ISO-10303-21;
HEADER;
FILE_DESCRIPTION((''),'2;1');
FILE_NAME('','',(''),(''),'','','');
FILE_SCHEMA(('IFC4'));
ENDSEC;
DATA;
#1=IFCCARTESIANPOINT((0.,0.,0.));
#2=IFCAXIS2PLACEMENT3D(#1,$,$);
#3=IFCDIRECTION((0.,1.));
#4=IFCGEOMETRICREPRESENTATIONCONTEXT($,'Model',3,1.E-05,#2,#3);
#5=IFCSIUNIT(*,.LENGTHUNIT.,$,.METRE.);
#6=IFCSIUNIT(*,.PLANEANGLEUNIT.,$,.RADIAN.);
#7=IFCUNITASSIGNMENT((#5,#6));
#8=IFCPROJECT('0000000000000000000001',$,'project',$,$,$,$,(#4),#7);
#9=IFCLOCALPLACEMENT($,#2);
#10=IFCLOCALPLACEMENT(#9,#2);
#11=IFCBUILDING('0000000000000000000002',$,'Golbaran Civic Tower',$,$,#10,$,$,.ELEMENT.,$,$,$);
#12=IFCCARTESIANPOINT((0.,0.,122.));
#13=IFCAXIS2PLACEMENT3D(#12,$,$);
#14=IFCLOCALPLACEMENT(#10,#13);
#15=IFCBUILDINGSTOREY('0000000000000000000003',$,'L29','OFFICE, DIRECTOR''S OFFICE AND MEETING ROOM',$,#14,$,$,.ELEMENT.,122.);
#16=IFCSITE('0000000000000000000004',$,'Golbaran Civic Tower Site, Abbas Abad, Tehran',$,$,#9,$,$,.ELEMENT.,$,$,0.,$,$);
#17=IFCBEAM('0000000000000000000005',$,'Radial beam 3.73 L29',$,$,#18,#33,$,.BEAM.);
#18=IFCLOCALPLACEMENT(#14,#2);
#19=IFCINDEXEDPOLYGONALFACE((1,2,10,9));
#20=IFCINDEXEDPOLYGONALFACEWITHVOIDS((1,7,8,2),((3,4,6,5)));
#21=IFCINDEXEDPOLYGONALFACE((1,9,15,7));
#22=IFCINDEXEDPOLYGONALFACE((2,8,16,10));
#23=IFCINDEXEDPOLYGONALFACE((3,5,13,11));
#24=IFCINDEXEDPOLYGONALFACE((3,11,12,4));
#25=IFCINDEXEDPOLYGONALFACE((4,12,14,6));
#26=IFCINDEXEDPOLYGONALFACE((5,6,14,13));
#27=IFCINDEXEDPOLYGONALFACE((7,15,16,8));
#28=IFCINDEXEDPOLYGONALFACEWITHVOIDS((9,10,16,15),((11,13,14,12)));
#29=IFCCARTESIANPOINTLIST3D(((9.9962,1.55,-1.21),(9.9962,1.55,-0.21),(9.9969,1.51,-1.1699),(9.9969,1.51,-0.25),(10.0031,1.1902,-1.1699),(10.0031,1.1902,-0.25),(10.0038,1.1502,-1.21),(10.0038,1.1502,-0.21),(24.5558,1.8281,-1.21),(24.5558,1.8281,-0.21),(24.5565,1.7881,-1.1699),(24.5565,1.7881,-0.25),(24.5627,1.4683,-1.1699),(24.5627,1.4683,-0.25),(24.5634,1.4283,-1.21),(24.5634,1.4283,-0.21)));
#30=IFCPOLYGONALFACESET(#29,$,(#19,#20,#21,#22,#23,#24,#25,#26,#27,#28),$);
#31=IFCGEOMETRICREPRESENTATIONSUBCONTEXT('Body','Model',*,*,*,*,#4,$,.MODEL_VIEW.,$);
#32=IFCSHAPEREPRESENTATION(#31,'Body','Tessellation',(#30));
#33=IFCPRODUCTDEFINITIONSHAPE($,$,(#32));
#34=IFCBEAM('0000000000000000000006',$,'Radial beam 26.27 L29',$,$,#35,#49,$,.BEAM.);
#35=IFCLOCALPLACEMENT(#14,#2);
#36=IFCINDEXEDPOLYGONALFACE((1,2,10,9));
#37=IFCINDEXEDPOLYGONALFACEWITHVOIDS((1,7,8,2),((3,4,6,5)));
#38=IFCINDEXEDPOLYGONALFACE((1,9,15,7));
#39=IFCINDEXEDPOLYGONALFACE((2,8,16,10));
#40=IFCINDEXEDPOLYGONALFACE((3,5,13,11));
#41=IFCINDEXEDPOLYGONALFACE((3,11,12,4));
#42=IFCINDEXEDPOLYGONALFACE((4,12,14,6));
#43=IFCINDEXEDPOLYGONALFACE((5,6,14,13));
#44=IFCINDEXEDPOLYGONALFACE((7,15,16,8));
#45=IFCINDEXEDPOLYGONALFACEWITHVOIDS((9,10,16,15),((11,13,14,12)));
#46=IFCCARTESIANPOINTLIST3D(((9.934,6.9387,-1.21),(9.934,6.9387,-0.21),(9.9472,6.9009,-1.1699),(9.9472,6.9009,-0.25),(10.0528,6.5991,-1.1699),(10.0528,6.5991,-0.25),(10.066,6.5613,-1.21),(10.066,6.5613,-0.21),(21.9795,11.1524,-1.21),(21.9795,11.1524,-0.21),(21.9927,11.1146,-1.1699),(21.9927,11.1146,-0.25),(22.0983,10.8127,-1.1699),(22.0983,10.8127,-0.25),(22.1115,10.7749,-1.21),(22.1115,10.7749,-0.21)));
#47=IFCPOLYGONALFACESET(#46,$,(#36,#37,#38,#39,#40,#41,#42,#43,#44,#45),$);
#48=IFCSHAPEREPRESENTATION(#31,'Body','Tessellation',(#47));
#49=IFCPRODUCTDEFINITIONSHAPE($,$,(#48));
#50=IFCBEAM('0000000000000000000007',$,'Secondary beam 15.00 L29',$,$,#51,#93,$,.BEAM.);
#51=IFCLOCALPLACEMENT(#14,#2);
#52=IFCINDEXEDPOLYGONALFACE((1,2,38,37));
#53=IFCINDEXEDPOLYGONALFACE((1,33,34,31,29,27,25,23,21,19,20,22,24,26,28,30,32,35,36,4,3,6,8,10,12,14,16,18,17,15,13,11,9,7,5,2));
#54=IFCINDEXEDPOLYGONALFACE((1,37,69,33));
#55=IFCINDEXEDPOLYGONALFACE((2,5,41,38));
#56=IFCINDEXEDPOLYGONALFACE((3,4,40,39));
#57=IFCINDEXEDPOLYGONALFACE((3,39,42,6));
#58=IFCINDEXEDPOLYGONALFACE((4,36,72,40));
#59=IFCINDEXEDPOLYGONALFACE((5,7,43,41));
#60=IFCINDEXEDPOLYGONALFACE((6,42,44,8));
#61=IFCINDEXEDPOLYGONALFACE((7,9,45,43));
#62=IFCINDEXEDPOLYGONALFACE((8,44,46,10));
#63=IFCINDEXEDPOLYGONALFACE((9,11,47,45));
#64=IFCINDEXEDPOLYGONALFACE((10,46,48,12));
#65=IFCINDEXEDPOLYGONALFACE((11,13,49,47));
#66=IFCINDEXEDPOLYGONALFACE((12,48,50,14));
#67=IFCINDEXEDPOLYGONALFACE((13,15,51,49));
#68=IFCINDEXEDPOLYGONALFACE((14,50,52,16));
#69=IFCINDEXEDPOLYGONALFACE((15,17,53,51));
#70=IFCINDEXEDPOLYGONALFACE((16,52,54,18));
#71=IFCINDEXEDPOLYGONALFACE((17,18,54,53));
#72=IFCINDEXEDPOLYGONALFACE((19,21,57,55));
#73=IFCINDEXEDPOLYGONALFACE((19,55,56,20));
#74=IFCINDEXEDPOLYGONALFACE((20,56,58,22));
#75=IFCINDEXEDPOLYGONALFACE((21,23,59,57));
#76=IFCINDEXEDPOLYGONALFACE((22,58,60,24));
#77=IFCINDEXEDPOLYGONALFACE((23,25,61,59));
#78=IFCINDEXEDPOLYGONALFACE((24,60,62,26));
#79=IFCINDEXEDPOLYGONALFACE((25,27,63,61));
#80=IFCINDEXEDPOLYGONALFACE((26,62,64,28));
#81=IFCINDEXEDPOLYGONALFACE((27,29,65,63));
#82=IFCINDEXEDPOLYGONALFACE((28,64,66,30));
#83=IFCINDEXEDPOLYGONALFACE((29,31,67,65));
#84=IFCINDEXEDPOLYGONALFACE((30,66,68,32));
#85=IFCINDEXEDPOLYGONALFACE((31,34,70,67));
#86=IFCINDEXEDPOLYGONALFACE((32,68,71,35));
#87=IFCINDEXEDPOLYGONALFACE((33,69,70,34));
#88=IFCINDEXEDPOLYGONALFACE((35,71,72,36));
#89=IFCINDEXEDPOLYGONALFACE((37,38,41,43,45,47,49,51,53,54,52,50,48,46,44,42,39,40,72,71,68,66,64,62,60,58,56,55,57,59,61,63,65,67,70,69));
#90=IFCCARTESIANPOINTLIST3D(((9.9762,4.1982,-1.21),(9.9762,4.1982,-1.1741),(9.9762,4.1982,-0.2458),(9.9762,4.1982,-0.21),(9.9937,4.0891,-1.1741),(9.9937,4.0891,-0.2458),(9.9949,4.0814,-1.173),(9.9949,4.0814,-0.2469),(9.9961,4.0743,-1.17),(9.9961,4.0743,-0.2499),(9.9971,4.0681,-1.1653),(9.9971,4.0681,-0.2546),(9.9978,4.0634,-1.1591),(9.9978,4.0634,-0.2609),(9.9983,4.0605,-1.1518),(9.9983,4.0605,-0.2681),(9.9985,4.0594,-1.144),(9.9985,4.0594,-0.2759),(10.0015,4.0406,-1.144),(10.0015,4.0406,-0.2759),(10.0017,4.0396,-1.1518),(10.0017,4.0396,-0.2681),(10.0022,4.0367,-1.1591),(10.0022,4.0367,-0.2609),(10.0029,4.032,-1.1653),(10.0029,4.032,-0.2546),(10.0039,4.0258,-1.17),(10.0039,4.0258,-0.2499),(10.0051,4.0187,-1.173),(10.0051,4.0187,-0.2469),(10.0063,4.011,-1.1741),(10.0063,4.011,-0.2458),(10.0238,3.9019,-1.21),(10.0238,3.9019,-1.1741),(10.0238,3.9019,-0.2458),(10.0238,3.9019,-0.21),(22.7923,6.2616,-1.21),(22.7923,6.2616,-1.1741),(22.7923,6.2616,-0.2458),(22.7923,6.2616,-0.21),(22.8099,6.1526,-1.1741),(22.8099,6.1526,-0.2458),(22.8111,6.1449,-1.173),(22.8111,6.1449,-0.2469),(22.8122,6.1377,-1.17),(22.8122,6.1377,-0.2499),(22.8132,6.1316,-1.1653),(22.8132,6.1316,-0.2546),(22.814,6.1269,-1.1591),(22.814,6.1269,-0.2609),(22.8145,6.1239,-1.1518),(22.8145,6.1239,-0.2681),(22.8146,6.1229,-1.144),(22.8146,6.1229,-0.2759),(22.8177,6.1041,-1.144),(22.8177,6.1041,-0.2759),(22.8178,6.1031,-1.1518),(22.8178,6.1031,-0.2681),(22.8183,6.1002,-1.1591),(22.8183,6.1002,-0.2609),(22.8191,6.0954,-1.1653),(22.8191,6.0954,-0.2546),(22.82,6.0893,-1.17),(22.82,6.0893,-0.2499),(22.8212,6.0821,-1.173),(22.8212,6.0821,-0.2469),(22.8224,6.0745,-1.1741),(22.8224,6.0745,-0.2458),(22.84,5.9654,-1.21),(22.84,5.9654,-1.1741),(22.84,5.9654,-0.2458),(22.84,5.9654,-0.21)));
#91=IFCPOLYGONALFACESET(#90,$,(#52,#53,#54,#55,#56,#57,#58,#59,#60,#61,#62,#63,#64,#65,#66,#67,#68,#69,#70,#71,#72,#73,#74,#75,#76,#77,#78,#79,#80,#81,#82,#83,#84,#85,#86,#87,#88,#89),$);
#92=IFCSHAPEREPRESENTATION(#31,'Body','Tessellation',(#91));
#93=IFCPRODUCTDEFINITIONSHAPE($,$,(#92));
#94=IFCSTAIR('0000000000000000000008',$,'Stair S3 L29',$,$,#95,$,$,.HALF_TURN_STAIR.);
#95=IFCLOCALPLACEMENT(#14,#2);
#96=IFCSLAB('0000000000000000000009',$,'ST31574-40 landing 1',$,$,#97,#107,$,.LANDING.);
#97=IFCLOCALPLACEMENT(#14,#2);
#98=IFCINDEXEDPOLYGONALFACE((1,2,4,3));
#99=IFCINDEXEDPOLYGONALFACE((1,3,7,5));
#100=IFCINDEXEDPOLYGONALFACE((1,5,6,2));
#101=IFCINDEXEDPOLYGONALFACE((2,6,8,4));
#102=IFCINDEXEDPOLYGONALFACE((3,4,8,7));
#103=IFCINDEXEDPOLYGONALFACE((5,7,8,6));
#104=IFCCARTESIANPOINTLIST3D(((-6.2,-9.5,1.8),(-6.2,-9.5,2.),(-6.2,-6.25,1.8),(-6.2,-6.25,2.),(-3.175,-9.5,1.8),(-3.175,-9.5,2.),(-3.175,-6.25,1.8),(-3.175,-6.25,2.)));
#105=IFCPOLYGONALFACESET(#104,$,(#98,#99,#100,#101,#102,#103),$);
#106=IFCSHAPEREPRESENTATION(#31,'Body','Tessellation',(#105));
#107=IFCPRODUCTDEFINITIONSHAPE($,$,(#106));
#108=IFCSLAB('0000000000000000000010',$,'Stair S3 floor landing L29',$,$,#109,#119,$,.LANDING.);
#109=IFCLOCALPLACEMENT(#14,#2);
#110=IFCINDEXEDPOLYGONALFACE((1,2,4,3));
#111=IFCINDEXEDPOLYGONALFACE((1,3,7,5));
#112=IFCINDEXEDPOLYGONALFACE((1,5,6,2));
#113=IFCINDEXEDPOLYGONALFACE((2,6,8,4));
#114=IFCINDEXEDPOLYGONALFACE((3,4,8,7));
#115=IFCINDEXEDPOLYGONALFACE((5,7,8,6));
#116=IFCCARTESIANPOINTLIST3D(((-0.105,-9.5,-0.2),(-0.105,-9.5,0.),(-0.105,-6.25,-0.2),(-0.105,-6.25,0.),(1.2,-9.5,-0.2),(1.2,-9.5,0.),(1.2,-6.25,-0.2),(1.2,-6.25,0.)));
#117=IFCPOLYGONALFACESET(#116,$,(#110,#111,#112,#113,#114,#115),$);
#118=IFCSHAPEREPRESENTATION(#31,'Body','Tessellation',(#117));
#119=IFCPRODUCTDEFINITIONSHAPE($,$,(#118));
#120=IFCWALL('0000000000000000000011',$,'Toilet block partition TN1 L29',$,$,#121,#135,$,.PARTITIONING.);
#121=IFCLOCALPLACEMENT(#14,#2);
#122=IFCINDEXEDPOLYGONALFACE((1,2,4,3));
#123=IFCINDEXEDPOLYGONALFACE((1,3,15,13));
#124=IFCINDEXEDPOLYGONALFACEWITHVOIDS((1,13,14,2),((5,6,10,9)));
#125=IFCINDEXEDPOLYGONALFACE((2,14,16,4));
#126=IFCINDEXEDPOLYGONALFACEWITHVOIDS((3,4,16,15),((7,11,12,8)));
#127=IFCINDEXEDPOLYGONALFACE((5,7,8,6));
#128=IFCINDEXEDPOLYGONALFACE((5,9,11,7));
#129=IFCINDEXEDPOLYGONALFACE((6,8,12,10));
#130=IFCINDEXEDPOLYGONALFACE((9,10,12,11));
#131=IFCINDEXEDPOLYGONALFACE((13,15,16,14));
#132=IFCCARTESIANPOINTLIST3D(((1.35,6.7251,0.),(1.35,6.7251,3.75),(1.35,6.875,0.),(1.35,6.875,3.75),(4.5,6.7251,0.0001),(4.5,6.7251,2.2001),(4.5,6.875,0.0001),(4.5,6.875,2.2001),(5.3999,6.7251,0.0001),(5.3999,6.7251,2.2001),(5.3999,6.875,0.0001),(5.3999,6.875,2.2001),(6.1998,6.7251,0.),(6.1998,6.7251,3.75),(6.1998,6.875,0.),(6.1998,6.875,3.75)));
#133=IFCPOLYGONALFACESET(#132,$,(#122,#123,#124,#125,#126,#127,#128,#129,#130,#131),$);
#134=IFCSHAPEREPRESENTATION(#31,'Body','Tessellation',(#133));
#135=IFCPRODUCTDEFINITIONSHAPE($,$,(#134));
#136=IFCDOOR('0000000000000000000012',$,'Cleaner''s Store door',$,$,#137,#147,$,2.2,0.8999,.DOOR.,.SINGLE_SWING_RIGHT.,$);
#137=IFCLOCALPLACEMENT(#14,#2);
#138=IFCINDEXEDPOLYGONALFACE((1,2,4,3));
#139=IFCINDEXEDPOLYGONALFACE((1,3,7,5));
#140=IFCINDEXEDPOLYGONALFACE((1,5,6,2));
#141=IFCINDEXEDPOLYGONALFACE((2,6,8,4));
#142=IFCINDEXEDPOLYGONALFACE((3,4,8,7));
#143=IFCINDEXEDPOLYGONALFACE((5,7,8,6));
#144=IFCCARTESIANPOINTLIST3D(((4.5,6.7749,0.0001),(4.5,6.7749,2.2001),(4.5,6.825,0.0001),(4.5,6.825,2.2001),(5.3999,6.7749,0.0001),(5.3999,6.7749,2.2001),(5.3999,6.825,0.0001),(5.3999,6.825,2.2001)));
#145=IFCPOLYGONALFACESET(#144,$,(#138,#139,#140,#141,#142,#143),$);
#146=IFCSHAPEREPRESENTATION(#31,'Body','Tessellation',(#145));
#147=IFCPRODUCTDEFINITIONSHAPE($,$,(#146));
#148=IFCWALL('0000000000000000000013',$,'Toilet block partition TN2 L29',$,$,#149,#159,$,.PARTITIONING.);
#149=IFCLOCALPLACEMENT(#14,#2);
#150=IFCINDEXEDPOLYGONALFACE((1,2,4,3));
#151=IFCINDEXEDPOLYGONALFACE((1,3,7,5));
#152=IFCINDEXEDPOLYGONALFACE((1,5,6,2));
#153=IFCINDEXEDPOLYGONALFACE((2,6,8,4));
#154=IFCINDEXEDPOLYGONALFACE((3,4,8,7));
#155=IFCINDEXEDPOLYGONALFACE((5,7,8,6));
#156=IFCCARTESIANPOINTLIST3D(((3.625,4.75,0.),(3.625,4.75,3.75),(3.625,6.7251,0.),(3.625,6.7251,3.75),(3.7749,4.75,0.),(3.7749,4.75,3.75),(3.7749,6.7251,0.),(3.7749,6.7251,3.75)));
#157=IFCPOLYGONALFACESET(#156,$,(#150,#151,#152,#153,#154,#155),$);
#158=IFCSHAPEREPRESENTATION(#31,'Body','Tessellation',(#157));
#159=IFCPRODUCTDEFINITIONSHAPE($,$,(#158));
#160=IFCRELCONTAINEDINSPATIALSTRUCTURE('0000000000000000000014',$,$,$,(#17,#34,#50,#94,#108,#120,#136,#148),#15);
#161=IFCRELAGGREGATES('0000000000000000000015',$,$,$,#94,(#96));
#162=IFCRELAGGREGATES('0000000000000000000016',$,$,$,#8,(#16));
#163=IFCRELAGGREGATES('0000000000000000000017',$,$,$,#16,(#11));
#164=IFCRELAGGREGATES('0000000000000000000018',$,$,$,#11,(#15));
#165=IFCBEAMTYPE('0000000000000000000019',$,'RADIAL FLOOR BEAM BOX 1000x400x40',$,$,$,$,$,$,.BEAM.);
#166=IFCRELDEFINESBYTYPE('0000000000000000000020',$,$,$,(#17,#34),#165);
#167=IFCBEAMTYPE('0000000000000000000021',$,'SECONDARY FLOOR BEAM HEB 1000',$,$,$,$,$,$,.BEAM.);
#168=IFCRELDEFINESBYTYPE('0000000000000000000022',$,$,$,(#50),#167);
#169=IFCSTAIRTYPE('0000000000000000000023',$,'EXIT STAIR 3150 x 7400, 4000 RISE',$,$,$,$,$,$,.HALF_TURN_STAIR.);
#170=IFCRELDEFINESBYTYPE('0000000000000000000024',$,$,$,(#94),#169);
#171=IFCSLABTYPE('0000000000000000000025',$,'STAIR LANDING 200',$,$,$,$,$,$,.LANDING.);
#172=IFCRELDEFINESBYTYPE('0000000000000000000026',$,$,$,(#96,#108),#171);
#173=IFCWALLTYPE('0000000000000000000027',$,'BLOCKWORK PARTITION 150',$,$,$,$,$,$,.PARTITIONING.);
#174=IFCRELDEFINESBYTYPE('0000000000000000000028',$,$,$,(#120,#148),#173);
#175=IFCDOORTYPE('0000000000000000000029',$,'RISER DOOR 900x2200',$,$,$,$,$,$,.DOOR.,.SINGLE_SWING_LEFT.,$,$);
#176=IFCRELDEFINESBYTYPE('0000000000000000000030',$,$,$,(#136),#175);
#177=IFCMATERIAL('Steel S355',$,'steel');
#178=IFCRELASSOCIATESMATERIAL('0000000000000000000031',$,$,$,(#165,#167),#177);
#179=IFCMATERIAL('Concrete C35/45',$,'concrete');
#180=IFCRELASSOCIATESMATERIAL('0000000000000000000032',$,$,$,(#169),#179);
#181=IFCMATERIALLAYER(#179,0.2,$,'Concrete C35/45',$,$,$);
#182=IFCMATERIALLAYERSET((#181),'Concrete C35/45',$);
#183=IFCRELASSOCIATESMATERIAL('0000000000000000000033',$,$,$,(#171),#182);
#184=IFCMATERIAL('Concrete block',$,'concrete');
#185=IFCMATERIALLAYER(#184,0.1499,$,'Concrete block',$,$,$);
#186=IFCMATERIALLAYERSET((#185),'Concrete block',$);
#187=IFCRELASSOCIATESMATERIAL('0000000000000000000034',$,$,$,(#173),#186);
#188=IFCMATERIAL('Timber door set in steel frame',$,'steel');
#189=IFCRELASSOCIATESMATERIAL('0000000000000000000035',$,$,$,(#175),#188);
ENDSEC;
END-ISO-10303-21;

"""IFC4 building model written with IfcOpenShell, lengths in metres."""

from ifc_helpers import new_model, si_unit, direction, frame, frame_2d, origin, origin_2d, place, context, subcontext, project, spatial, polyline, rectangle, hollow_rectangle, i_section, outline, extrude, material, layer, layer_set, material_profile, profile_set, type_object, element, fill, aggregate, save


model = new_model("IFC4")

# Units and contexts
model_context = context("Model", 3, precision=1e-05, world=origin(), true_north=direction((0.0, 1.0)))
body_context = subcontext(model_context, "Body", "Model", "MODEL_VIEW")
ifc_project = project(units=[si_unit("LENGTHUNIT", "METRE"), si_unit("PLANEANGLEUNIT", "RADIAN")], contexts=[model_context])

# Site, building, storey
site_placement = place(None, origin())
site = spatial("IfcSite", under=ifc_project, at=site_placement, Name="Golbaran Civic Tower Site, Abbas Abad, Tehran", CompositionType="ELEMENT", RefElevation=0.0)
building_placement = place(site_placement, origin())
building = spatial("IfcBuilding", under=site, at=building_placement, Name="Golbaran Civic Tower", CompositionType="ELEMENT")
storey_placement = place(building_placement, frame((0.0, 0.0, 122.0)))
storey = spatial("IfcBuildingStorey", under=building, at=storey_placement, Name="L29", Description="OFFICE, DIRECTOR'S OFFICE AND MEETING ROOM", CompositionType="ELEMENT", Elevation=122.0)

# Beams
ifc_material_1 = material(Name="Steel S355", Category="steel")
ifc_material_profile_1 = material_profile(ifc_material_1, hollow_rectangle(XDim=0.3999, YDim=1.0, WallThickness=0.04, at=origin_2d()), Name="BOX 1000x400x40")
ifc_profile_set_1 = profile_set([ifc_material_profile_1], Name="Steel S355")
beam_type_1 = type_object("IfcBeamType", Name="RADIAL FLOOR BEAM BOX 1000x400x40", PredefinedType="BEAM", material=ifc_profile_set_1)
beam_1_placement = place(storey_placement, frame((10.0, 1.3501, -0.71), z_axis=(0.999818, 0.019096, 0.0), x_axis=(-0.019096, 0.999818, 0.0)))
element("IfcBeam", 1, at=beam_1_placement, inside=storey, type_object=beam_type_1, Name="Radial beam 3.73 L29", PredefinedType="BEAM", context=body_context, shape_type="SweptSolid", body=[
    extrude(hollow_rectangle(XDim=0.3999, YDim=1.0, WallThickness=0.04, at=origin_2d()), origin(), (0.0, 0.0, 1.0), 14.5623),
])
beam_2_placement = place(storey_placement, frame((10.0, 6.75, -0.71), z_axis=(0.943914, 0.330192, 0.0), x_axis=(-0.330192, 0.943914, 0.0)))
element("IfcBeam", 2, at=beam_2_placement, inside=storey, type_object=beam_type_1, Name="Radial beam 26.27 L29", PredefinedType="BEAM", context=body_context, shape_type="SweptSolid", body=[
    extrude(hollow_rectangle(XDim=0.3999, YDim=1.0, WallThickness=0.04, at=origin_2d()), origin(), (0.0, 0.0, 1.0), 12.7612),
])
ifc_material_profile_2 = material_profile(ifc_material_1, i_section(OverallWidth=0.3, OverallDepth=1.0, WebThickness=0.019, FlangeThickness=0.0359, FilletRadius=0.03, at=origin_2d()), Name="HEB 1000")
ifc_profile_set_2 = profile_set([ifc_material_profile_2], Name="Steel S355")
beam_type_2 = type_object("IfcBeamType", Name="SECONDARY FLOOR BEAM HEB 1000", PredefinedType="BEAM", material=ifc_profile_set_2)
beam_3_placement = place(storey_placement, frame((10.0, 4.05, -0.71), z_axis=(0.987285, 0.158959, 0.0), x_axis=(-0.158959, 0.987285, 0.0)))
element("IfcBeam", 3, at=beam_3_placement, inside=storey, type_object=beam_type_2, Name="Secondary beam 15.00 L29", PredefinedType="BEAM", context=body_context, shape_type="SweptSolid", body=[
    extrude(i_section(OverallWidth=0.3, OverallDepth=1.0, WebThickness=0.019, FlangeThickness=0.0359, FilletRadius=0.03, at=origin_2d()), origin(), (0.0, 0.0, 1.0), 12.9812),
])

# Stair, slab
ifc_material_2 = material(Name="Concrete C35/45", Category="concrete")
stair_type = type_object("IfcStairType", Name="EXIT STAIR 3150 x 7400, 4000 RISE", PredefinedType="HALF_TURN_STAIR", material=ifc_material_2)
stair_placement = place(storey_placement, origin())
stair = element("IfcStair", 4, at=stair_placement, inside=storey, type_object=stair_type, Name="Stair S3 L29", PredefinedType="HALF_TURN_STAIR")
ifc_layer_1 = layer(ifc_material_2, 0.2, Name="Concrete C35/45")
ifc_layer_set_1 = layer_set([ifc_layer_1], Name="Concrete C35/45")
slab_type = type_object("IfcSlabType", Name="STAIR LANDING 200", PredefinedType="LANDING", material=ifc_layer_set_1)
slab_1_placement = place(storey_placement, frame((0.0, 0.0, 1.8)))
slab_1 = element("IfcSlab", 5, at=slab_1_placement, type_object=slab_type, Name="ST31574-40 landing 1", PredefinedType="LANDING", context=body_context, shape_type="SweptSolid", body=[
    extrude(outline(polyline([(-3.175, -9.5), (-6.2, -9.5), (-6.2, -6.25), (-3.175, -6.25), (-3.175, -9.5)])), origin(), (0.0, 0.0, 1.0), 0.2),
])
aggregate(stair, [slab_1])

# Slab
slab_2_placement = place(storey_placement, frame((0.0, 0.0, -0.2)))
element("IfcSlab", 6, at=slab_2_placement, inside=storey, type_object=slab_type, Name="Stair S3 floor landing L29", PredefinedType="LANDING", context=body_context, shape_type="SweptSolid", body=[
    extrude(outline(polyline([(1.2, -9.5), (-0.105, -9.5), (-0.105, -6.25), (1.2, -6.25), (1.2, -9.5)])), origin(), (0.0, 0.0, 1.0), 0.2),
])

# Wall, opening, door
ifc_material_3 = material(Name="Concrete block", Category="concrete")
ifc_layer_2 = layer(ifc_material_3, 0.1499, Name="Concrete block")
ifc_layer_set_2 = layer_set([ifc_layer_2], Name="Concrete block")
wall_type_1 = type_object("IfcWallType", Name="BLOCKWORK PARTITION 150", PredefinedType="PARTITIONING", material=ifc_layer_set_2)
wall_1_placement = place(storey_placement, frame((1.3501, 6.8, 0.0), z_axis=(0.0, 0.0, 1.0), x_axis=(1.0, 0.0, 0.0)))
wall_1 = element("IfcWall", 7, at=wall_1_placement, inside=storey, type_object=wall_type_1, Name="Toilet block partition TN1 L29", PredefinedType="PARTITIONING", context=body_context, shape_type="SweptSolid", body=[
    extrude(rectangle(XDim=4.8499, YDim=0.1499, at=frame_2d((2.4248, 0.0))), origin(), (0.0, 0.0, 1.0), 3.75),
])
opening_1_placement = place(wall_1_placement, frame((3.1499, 0.0, 0.0)))
opening_1 = element("IfcOpeningElement", 8, at=opening_1_placement, cuts=wall_1, PredefinedType="OPENING", context=body_context, shape_type="SweptSolid", body=[
    extrude(rectangle(XDim=0.8999, YDim=2.2, at=frame_2d((0.45, 1.1001))), frame((0.0, 0.085, 0.0), z_axis=(0.0, -1.0, 0.0), x_axis=(1.0, 0.0, 0.0)), (0.0, 0.0, 1.0), 0.1699),
])
ifc_material_4 = material(Name="Timber door set in steel frame", Category="steel")
door_type_1 = type_object("IfcDoorType", Name="RISER DOOR 900x2200", OperationType="SINGLE_SWING_LEFT", PredefinedType="DOOR", material=ifc_material_4)
door_1_placement = place(opening_1_placement, origin())
door_1 = element("IfcDoor", 9, at=door_1_placement, inside=storey, type_object=door_type_1, Name="Cleaner's Store door", OperationType="SINGLE_SWING_RIGHT", OverallHeight=2.2, OverallWidth=0.8999, PredefinedType="DOOR", context=body_context, shape_type="SweptSolid", body=[
    extrude(rectangle(XDim=0.8999, YDim=2.2, at=frame_2d((0.45, 1.1001))), frame((0.0, 0.0249, 0.0), z_axis=(0.0, -1.0, 0.0), x_axis=(1.0, 0.0, 0.0)), (0.0, 0.0, 1.0), 0.05),
])
fill(opening_1, door_1)

# Wall
wall_2_placement = place(storey_placement, frame((3.7, 4.75, 0.0), z_axis=(0.0, 0.0, 1.0), x_axis=(0.0, 1.0, 0.0)))
element("IfcWall", 10, at=wall_2_placement, inside=storey, type_object=wall_type_1, Name="Toilet block partition TN2 L29", PredefinedType="PARTITIONING", context=body_context, shape_type="SweptSolid", body=[
    extrude(rectangle(XDim=1.9751, YDim=0.1499, at=frame_2d((0.9875, 0.0))), origin(), (0.0, 0.0, 1.0), 3.75),
])

save(model, "model.ifc")
